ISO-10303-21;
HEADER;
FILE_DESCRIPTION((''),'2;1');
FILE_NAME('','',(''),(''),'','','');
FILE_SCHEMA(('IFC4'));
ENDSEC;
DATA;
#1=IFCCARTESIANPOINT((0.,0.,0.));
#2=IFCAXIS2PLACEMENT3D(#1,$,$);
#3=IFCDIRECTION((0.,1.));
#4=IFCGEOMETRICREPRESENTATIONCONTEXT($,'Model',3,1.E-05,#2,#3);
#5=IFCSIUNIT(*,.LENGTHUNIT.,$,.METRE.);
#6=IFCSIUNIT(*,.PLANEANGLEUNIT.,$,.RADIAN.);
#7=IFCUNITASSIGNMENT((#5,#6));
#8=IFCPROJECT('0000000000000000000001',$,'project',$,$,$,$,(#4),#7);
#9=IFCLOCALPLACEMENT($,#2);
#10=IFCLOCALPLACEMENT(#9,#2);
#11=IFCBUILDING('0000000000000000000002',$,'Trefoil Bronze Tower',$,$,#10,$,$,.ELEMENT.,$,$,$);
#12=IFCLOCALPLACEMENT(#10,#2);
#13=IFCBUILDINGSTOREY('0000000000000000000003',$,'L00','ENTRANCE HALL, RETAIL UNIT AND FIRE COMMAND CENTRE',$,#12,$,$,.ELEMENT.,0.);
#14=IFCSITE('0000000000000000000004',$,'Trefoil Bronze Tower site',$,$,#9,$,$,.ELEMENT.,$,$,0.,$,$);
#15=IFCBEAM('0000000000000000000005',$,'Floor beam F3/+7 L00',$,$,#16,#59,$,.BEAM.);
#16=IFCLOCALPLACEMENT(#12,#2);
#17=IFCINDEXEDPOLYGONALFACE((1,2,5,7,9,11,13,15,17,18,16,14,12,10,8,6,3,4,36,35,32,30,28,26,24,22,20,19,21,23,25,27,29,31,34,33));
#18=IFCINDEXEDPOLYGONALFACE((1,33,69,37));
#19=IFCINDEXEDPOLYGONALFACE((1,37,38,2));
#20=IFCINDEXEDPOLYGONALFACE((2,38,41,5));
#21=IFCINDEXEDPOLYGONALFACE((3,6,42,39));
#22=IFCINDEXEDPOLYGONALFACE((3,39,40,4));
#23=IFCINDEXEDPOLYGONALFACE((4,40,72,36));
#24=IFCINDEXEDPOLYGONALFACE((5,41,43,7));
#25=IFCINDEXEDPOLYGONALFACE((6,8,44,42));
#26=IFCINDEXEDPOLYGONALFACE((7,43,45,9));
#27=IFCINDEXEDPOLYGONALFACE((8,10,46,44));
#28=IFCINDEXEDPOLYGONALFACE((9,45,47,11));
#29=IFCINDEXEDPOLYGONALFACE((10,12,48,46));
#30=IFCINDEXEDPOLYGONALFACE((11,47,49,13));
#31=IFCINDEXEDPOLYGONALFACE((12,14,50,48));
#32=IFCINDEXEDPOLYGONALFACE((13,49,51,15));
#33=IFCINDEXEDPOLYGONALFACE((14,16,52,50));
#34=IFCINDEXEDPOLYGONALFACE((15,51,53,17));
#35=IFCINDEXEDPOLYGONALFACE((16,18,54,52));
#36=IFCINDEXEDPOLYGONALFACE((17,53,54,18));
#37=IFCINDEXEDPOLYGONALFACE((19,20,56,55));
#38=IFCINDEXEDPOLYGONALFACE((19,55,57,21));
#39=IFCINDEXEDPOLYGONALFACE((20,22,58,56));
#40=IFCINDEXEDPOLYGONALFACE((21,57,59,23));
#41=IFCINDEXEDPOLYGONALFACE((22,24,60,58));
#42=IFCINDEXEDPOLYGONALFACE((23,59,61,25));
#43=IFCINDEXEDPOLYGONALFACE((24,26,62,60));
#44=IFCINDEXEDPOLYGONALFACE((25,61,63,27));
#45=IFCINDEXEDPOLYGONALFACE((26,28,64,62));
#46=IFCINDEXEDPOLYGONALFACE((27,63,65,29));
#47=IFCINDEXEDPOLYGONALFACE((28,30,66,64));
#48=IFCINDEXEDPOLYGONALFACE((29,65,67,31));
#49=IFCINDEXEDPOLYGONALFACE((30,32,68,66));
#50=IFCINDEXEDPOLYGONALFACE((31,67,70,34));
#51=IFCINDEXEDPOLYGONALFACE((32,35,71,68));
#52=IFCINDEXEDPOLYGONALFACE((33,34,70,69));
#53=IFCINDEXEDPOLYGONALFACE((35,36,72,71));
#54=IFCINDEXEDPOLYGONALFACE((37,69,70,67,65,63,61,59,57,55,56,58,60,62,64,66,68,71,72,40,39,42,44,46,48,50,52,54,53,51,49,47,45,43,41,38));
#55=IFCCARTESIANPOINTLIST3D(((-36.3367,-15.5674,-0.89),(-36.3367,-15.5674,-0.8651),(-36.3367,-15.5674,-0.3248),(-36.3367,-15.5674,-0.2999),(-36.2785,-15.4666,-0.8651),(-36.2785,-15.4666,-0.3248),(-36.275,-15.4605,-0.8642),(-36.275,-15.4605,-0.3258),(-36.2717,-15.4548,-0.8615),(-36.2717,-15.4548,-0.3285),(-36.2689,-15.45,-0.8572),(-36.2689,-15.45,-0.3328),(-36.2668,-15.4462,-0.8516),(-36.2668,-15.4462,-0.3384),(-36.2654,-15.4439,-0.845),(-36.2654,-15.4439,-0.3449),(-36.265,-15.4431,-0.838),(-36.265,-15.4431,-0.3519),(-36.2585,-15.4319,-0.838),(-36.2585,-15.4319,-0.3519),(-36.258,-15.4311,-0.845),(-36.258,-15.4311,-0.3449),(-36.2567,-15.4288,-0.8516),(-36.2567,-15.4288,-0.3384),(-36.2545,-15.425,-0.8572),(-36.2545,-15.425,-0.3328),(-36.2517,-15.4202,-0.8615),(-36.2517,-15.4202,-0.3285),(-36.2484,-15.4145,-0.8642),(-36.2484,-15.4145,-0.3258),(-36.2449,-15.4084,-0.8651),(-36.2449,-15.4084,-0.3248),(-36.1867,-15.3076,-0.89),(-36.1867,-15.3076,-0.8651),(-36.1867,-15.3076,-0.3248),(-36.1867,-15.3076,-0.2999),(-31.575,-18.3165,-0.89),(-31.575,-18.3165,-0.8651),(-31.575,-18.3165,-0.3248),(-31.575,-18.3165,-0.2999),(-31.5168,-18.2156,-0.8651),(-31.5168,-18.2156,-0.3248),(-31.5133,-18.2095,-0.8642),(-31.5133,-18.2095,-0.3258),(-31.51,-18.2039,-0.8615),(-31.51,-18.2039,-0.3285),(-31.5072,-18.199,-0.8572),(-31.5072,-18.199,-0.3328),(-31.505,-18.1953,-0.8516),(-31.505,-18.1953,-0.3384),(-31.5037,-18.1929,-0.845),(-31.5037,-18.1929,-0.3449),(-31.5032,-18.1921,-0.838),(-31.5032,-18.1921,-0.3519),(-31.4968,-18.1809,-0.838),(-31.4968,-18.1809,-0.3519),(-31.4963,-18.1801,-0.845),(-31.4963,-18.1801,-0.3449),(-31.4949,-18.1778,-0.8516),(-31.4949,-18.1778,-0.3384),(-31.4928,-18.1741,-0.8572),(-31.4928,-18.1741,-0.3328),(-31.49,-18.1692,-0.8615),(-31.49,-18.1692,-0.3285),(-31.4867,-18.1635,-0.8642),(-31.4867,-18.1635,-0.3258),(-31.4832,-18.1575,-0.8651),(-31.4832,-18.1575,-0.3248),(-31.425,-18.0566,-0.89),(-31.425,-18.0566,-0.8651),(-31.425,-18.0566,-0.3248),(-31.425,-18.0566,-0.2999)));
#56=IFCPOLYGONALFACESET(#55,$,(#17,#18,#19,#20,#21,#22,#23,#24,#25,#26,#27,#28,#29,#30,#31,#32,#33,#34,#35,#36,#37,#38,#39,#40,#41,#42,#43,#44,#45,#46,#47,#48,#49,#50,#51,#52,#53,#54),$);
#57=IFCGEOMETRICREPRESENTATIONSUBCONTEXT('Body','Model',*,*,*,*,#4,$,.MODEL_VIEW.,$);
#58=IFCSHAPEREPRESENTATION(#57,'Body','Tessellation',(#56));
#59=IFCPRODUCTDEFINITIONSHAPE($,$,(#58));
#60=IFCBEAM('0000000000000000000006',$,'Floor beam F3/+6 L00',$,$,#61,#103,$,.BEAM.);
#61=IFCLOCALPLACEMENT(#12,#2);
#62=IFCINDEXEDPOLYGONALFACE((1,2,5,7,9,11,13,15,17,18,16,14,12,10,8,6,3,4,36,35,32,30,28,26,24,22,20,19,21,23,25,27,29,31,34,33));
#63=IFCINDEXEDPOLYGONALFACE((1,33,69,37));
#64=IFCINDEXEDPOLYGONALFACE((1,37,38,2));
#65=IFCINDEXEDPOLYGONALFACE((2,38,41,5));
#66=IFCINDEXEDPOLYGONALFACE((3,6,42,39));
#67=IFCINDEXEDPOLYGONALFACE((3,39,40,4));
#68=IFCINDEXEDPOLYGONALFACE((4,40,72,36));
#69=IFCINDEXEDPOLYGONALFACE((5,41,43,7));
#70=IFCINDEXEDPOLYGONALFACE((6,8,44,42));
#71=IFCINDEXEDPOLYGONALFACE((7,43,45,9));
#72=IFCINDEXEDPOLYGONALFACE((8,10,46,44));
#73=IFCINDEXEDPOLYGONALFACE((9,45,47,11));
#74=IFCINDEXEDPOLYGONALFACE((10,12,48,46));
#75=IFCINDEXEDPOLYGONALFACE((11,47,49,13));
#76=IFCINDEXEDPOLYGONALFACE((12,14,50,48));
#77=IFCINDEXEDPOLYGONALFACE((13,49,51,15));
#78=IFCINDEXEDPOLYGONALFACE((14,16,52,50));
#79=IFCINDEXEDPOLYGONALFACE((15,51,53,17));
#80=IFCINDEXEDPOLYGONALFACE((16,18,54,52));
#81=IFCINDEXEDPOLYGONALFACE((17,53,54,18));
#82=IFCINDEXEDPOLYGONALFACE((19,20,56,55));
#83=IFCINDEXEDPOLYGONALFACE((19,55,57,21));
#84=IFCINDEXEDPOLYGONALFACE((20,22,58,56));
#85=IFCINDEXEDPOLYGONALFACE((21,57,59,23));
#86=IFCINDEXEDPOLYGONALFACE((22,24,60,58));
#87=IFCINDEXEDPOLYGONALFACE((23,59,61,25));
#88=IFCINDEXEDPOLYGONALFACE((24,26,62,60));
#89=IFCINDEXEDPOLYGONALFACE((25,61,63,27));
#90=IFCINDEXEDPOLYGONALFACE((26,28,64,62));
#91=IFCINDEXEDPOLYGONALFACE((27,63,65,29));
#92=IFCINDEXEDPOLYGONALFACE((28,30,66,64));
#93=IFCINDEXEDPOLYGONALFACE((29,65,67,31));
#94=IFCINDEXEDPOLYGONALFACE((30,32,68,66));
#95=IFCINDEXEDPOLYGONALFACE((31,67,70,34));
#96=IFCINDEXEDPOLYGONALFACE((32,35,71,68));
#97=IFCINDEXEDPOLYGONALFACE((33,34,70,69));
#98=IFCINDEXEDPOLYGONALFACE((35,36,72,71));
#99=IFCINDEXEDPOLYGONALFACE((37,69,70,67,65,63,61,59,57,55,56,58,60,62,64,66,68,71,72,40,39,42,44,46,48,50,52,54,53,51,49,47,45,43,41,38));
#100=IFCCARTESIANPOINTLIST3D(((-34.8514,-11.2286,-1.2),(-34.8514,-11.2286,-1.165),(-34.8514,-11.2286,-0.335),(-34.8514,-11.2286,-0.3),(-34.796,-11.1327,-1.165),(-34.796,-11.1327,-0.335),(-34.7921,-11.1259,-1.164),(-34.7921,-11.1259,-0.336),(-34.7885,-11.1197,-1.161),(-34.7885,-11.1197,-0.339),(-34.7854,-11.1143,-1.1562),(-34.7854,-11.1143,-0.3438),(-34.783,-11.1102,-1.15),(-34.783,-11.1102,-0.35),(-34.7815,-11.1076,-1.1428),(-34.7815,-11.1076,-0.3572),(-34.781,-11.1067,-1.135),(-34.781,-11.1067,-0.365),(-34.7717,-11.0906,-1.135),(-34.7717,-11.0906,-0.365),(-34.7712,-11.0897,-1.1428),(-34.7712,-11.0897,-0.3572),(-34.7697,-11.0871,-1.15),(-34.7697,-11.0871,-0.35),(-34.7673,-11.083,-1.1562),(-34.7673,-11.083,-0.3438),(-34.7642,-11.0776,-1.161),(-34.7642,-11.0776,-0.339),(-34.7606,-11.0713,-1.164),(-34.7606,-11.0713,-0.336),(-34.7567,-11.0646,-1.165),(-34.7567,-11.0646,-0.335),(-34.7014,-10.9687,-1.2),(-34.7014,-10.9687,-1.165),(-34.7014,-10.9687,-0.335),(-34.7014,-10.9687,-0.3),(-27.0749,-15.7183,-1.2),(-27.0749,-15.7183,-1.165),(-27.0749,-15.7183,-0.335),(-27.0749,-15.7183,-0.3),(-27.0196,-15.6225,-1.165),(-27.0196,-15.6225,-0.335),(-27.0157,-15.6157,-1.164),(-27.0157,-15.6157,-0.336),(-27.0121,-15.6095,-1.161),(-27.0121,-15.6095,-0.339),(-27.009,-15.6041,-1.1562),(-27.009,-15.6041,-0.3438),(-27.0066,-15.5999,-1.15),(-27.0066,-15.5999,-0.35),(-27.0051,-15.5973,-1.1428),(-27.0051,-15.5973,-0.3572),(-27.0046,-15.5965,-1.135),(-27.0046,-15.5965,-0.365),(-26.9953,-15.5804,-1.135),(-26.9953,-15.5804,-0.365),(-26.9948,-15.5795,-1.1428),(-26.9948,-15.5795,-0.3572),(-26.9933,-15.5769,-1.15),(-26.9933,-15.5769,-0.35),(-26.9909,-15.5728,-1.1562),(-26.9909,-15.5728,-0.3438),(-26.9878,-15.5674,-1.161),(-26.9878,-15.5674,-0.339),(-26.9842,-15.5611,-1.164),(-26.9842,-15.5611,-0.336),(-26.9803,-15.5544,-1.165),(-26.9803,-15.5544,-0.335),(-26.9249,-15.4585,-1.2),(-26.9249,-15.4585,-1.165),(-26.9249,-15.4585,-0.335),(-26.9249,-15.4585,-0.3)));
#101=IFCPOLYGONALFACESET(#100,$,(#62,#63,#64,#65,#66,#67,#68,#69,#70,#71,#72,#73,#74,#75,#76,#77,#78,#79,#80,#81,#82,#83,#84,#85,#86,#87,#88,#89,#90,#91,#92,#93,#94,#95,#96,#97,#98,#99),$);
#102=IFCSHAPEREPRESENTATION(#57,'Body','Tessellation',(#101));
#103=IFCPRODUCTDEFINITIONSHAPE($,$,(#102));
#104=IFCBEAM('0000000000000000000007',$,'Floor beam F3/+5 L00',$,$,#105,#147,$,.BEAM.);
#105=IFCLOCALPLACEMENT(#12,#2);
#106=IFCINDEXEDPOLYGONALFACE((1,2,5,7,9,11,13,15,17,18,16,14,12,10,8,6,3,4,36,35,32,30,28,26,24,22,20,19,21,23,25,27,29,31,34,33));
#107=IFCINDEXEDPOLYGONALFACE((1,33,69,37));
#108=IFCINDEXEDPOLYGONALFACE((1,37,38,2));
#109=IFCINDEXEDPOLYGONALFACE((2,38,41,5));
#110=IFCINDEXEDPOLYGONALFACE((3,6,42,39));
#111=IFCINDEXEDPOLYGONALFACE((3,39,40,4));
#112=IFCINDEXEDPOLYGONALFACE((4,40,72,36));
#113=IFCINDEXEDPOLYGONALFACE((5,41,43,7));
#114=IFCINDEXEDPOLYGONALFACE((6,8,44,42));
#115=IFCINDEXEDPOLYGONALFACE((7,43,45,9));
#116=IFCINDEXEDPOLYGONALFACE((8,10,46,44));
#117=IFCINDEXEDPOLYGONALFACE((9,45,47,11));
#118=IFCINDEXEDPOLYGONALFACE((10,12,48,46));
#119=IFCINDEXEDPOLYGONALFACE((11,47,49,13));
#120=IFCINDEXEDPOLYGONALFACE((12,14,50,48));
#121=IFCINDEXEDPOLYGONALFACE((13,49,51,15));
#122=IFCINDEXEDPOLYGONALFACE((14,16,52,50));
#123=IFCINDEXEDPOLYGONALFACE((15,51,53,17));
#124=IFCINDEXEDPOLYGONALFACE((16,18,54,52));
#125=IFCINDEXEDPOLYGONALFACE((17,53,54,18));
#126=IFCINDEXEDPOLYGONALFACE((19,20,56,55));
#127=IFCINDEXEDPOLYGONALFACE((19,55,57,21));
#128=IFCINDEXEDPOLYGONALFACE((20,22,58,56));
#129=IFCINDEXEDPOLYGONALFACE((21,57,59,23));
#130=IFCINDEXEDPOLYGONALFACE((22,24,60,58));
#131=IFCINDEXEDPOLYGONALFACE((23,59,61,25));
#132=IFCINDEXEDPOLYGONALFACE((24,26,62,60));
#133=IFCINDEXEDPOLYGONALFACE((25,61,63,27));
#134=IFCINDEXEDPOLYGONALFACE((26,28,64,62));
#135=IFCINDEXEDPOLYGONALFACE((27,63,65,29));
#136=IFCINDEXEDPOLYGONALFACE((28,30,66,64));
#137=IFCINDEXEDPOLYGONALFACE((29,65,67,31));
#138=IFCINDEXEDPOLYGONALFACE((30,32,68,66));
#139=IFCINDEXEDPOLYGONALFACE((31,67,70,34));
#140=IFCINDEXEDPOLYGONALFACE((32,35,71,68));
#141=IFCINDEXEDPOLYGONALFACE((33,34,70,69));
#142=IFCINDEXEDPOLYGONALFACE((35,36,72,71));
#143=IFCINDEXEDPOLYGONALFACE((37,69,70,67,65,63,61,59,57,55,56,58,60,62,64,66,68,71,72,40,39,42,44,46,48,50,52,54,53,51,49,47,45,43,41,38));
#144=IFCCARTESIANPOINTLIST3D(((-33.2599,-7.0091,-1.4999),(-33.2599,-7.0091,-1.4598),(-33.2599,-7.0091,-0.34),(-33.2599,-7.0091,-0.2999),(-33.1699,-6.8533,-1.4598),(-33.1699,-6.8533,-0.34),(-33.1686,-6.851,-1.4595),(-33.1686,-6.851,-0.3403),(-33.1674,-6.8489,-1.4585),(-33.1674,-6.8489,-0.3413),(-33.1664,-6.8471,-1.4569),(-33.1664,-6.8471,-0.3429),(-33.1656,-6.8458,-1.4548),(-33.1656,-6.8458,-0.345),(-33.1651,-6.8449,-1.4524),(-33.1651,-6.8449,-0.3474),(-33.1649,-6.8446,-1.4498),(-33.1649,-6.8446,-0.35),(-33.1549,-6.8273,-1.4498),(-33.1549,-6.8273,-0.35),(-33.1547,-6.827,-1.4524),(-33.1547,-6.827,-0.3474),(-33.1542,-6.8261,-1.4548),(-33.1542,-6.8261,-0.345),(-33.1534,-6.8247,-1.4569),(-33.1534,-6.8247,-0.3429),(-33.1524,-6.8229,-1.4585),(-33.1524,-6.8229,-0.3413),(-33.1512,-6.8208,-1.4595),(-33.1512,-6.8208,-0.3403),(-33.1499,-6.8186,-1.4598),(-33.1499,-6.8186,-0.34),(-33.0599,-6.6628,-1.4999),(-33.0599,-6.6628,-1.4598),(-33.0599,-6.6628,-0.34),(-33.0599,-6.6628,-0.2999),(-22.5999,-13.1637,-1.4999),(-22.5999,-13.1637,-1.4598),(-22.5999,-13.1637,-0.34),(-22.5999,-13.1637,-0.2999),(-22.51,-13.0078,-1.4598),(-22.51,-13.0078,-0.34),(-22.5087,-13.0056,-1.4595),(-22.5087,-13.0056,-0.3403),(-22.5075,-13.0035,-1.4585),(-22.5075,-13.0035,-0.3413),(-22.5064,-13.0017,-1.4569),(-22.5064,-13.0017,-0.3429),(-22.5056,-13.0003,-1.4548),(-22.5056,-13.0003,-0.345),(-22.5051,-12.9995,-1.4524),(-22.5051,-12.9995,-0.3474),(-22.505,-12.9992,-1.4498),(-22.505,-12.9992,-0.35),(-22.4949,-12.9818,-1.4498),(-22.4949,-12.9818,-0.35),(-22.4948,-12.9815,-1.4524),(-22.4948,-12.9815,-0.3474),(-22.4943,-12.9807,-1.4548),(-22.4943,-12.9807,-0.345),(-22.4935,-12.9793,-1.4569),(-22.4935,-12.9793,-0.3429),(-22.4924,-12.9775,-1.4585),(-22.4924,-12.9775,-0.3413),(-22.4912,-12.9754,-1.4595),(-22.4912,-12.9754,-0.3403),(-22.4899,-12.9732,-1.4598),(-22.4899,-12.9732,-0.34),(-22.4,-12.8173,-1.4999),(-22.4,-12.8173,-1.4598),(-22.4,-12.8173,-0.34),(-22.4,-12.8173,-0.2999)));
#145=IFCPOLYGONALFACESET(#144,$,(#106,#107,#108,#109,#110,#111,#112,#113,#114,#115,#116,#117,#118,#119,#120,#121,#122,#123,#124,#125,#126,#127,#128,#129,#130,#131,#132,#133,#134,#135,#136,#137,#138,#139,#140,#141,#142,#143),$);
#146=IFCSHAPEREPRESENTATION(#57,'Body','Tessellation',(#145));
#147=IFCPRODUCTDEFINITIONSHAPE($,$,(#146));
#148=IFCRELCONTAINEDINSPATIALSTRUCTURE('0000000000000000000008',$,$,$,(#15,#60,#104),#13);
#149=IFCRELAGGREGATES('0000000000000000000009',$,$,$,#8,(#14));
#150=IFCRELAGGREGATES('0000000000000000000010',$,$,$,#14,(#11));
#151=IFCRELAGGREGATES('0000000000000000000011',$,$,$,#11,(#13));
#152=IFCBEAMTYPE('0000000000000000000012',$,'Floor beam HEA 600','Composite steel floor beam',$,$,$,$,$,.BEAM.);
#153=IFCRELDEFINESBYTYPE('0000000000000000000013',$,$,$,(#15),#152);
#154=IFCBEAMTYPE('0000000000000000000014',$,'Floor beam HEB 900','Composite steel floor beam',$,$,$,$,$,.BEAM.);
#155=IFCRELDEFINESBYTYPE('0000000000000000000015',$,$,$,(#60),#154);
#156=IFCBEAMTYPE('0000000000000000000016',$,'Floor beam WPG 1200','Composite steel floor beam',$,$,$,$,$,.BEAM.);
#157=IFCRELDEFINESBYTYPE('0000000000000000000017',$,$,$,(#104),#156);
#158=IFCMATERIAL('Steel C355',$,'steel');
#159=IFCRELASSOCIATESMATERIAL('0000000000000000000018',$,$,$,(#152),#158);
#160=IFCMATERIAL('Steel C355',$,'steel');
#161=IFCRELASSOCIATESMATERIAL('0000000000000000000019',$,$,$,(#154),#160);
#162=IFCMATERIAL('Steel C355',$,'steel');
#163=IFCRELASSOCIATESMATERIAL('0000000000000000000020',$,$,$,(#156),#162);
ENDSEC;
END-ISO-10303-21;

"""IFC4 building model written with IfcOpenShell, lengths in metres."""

from ifc_helpers import new_model, si_unit, direction, frame, origin, origin_2d, place, context, subcontext, project, spatial, i_section, extrude, material, material_profile, profile_set, type_object, element, save


model = new_model("IFC4")

# Units and contexts
model_context = context("Model", 3, precision=1e-05, world=origin(), true_north=direction((0.0, 1.0)))
body_context = subcontext(model_context, "Body", "Model", "MODEL_VIEW")
ifc_project = project(units=[si_unit("LENGTHUNIT", "METRE"), si_unit("PLANEANGLEUNIT", "RADIAN")], contexts=[model_context])

# Site, building, storey
site_placement = place(None, origin())
site = spatial("IfcSite", under=ifc_project, at=site_placement, Name="Trefoil Bronze Tower site", CompositionType="ELEMENT", RefElevation=0.0)
building_placement = place(site_placement, origin())
building = spatial("IfcBuilding", under=site, at=building_placement, Name="Trefoil Bronze Tower", CompositionType="ELEMENT")
storey_placement = place(building_placement, origin())
storey = spatial("IfcBuildingStorey", under=building, at=storey_placement, Name="L00", Description="ENTRANCE HALL, RETAIL UNIT AND FIRE COMMAND CENTRE", CompositionType="ELEMENT", Elevation=0.0)

# Beams
ifc_material_1 = material(Name="Steel C355", Category="steel")
ifc_material_profile_1 = material_profile(ifc_material_1, i_section(OverallWidth=0.3, OverallDepth=0.5901, WebThickness=0.0129, FlangeThickness=0.0249, FilletRadius=0.0271, at=origin_2d()), Name="HEA 600")
ifc_profile_set_1 = profile_set([ifc_material_profile_1], Name="Steel C355")
beam_type_1 = type_object("IfcBeamType", Name="Floor beam HEA 600", Description="Composite steel floor beam", PredefinedType="BEAM", material=ifc_profile_set_1)
beam_1_placement = place(storey_placement, frame((-36.2617, -15.4375, -0.595), z_axis=(0.866038, -0.499979, 0.0), x_axis=(0.499979, 0.866038, 0.0)))
element("IfcBeam", 1, at=beam_1_placement, inside=storey, type_object=beam_type_1, Name="Floor beam F3/+7 L00", PredefinedType="BEAM", context=body_context, shape_type="SweptSolid", body=[
    extrude(i_section(OverallWidth=0.3, OverallDepth=0.5901, WebThickness=0.0129, FlangeThickness=0.0249, FilletRadius=0.0271, at=origin_2d()), origin(), (0.0, 0.0, 1.0), 5.4983),
])
ifc_material_2 = material(Name="Steel C355", Category="steel")
ifc_material_profile_2 = material_profile(ifc_material_2, i_section(OverallWidth=0.3, OverallDepth=0.8999, WebThickness=0.0186, FlangeThickness=0.0349, FilletRadius=0.03, at=origin_2d()), Name="HEB 900")
ifc_profile_set_2 = profile_set([ifc_material_profile_2], Name="Steel C355")
beam_type_2 = type_object("IfcBeamType", Name="Floor beam HEB 900", Description="Composite steel floor beam", PredefinedType="BEAM", material=ifc_profile_set_2)
beam_2_placement = place(storey_placement, frame((-34.7764, -11.0986, -0.75), z_axis=(0.866023, -0.500005, 0.0), x_axis=(0.500005, 0.866023, 0.0)))
element("IfcBeam", 2, at=beam_2_placement, inside=storey, type_object=beam_type_2, Name="Floor beam F3/+6 L00", PredefinedType="BEAM", context=body_context, shape_type="SweptSolid", body=[
    extrude(i_section(OverallWidth=0.3, OverallDepth=0.8999, WebThickness=0.0186, FlangeThickness=0.0349, FilletRadius=0.03, at=origin_2d()), origin(), (0.0, 0.0, 1.0), 8.9795),
])
ifc_material_3 = material(Name="Steel C355", Category="steel")
ifc_material_profile_3 = material_profile(ifc_material_3, i_section(OverallWidth=0.3999, OverallDepth=1.2, WebThickness=0.02, FlangeThickness=0.04, FilletRadius=0.01, at=origin_2d()), Name="WPG 1200")
ifc_profile_set_3 = profile_set([ifc_material_profile_3], Name="Steel C355")
beam_type_3 = type_object("IfcBeamType", Name="Floor beam WPG 1200", Description="Composite steel floor beam", PredefinedType="BEAM", material=ifc_profile_set_3)
beam_3_placement = place(storey_placement, frame((-33.1599, -6.8359, -0.8999), z_axis=(0.866024, -0.500002, 0.0), x_axis=(0.500002, 0.866024, 0.0)))
element("IfcBeam", 3, at=beam_3_placement, inside=storey, type_object=beam_type_3, Name="Floor beam F3/+5 L00", PredefinedType="BEAM", context=body_context, shape_type="SweptSolid", body=[
    extrude(i_section(OverallWidth=0.3999, OverallDepth=1.2, WebThickness=0.02, FlangeThickness=0.04, FilletRadius=0.01, at=origin_2d()), origin(), (0.0, 0.0, 1.0), 12.3091),
])

save(model, "model.ifc")
